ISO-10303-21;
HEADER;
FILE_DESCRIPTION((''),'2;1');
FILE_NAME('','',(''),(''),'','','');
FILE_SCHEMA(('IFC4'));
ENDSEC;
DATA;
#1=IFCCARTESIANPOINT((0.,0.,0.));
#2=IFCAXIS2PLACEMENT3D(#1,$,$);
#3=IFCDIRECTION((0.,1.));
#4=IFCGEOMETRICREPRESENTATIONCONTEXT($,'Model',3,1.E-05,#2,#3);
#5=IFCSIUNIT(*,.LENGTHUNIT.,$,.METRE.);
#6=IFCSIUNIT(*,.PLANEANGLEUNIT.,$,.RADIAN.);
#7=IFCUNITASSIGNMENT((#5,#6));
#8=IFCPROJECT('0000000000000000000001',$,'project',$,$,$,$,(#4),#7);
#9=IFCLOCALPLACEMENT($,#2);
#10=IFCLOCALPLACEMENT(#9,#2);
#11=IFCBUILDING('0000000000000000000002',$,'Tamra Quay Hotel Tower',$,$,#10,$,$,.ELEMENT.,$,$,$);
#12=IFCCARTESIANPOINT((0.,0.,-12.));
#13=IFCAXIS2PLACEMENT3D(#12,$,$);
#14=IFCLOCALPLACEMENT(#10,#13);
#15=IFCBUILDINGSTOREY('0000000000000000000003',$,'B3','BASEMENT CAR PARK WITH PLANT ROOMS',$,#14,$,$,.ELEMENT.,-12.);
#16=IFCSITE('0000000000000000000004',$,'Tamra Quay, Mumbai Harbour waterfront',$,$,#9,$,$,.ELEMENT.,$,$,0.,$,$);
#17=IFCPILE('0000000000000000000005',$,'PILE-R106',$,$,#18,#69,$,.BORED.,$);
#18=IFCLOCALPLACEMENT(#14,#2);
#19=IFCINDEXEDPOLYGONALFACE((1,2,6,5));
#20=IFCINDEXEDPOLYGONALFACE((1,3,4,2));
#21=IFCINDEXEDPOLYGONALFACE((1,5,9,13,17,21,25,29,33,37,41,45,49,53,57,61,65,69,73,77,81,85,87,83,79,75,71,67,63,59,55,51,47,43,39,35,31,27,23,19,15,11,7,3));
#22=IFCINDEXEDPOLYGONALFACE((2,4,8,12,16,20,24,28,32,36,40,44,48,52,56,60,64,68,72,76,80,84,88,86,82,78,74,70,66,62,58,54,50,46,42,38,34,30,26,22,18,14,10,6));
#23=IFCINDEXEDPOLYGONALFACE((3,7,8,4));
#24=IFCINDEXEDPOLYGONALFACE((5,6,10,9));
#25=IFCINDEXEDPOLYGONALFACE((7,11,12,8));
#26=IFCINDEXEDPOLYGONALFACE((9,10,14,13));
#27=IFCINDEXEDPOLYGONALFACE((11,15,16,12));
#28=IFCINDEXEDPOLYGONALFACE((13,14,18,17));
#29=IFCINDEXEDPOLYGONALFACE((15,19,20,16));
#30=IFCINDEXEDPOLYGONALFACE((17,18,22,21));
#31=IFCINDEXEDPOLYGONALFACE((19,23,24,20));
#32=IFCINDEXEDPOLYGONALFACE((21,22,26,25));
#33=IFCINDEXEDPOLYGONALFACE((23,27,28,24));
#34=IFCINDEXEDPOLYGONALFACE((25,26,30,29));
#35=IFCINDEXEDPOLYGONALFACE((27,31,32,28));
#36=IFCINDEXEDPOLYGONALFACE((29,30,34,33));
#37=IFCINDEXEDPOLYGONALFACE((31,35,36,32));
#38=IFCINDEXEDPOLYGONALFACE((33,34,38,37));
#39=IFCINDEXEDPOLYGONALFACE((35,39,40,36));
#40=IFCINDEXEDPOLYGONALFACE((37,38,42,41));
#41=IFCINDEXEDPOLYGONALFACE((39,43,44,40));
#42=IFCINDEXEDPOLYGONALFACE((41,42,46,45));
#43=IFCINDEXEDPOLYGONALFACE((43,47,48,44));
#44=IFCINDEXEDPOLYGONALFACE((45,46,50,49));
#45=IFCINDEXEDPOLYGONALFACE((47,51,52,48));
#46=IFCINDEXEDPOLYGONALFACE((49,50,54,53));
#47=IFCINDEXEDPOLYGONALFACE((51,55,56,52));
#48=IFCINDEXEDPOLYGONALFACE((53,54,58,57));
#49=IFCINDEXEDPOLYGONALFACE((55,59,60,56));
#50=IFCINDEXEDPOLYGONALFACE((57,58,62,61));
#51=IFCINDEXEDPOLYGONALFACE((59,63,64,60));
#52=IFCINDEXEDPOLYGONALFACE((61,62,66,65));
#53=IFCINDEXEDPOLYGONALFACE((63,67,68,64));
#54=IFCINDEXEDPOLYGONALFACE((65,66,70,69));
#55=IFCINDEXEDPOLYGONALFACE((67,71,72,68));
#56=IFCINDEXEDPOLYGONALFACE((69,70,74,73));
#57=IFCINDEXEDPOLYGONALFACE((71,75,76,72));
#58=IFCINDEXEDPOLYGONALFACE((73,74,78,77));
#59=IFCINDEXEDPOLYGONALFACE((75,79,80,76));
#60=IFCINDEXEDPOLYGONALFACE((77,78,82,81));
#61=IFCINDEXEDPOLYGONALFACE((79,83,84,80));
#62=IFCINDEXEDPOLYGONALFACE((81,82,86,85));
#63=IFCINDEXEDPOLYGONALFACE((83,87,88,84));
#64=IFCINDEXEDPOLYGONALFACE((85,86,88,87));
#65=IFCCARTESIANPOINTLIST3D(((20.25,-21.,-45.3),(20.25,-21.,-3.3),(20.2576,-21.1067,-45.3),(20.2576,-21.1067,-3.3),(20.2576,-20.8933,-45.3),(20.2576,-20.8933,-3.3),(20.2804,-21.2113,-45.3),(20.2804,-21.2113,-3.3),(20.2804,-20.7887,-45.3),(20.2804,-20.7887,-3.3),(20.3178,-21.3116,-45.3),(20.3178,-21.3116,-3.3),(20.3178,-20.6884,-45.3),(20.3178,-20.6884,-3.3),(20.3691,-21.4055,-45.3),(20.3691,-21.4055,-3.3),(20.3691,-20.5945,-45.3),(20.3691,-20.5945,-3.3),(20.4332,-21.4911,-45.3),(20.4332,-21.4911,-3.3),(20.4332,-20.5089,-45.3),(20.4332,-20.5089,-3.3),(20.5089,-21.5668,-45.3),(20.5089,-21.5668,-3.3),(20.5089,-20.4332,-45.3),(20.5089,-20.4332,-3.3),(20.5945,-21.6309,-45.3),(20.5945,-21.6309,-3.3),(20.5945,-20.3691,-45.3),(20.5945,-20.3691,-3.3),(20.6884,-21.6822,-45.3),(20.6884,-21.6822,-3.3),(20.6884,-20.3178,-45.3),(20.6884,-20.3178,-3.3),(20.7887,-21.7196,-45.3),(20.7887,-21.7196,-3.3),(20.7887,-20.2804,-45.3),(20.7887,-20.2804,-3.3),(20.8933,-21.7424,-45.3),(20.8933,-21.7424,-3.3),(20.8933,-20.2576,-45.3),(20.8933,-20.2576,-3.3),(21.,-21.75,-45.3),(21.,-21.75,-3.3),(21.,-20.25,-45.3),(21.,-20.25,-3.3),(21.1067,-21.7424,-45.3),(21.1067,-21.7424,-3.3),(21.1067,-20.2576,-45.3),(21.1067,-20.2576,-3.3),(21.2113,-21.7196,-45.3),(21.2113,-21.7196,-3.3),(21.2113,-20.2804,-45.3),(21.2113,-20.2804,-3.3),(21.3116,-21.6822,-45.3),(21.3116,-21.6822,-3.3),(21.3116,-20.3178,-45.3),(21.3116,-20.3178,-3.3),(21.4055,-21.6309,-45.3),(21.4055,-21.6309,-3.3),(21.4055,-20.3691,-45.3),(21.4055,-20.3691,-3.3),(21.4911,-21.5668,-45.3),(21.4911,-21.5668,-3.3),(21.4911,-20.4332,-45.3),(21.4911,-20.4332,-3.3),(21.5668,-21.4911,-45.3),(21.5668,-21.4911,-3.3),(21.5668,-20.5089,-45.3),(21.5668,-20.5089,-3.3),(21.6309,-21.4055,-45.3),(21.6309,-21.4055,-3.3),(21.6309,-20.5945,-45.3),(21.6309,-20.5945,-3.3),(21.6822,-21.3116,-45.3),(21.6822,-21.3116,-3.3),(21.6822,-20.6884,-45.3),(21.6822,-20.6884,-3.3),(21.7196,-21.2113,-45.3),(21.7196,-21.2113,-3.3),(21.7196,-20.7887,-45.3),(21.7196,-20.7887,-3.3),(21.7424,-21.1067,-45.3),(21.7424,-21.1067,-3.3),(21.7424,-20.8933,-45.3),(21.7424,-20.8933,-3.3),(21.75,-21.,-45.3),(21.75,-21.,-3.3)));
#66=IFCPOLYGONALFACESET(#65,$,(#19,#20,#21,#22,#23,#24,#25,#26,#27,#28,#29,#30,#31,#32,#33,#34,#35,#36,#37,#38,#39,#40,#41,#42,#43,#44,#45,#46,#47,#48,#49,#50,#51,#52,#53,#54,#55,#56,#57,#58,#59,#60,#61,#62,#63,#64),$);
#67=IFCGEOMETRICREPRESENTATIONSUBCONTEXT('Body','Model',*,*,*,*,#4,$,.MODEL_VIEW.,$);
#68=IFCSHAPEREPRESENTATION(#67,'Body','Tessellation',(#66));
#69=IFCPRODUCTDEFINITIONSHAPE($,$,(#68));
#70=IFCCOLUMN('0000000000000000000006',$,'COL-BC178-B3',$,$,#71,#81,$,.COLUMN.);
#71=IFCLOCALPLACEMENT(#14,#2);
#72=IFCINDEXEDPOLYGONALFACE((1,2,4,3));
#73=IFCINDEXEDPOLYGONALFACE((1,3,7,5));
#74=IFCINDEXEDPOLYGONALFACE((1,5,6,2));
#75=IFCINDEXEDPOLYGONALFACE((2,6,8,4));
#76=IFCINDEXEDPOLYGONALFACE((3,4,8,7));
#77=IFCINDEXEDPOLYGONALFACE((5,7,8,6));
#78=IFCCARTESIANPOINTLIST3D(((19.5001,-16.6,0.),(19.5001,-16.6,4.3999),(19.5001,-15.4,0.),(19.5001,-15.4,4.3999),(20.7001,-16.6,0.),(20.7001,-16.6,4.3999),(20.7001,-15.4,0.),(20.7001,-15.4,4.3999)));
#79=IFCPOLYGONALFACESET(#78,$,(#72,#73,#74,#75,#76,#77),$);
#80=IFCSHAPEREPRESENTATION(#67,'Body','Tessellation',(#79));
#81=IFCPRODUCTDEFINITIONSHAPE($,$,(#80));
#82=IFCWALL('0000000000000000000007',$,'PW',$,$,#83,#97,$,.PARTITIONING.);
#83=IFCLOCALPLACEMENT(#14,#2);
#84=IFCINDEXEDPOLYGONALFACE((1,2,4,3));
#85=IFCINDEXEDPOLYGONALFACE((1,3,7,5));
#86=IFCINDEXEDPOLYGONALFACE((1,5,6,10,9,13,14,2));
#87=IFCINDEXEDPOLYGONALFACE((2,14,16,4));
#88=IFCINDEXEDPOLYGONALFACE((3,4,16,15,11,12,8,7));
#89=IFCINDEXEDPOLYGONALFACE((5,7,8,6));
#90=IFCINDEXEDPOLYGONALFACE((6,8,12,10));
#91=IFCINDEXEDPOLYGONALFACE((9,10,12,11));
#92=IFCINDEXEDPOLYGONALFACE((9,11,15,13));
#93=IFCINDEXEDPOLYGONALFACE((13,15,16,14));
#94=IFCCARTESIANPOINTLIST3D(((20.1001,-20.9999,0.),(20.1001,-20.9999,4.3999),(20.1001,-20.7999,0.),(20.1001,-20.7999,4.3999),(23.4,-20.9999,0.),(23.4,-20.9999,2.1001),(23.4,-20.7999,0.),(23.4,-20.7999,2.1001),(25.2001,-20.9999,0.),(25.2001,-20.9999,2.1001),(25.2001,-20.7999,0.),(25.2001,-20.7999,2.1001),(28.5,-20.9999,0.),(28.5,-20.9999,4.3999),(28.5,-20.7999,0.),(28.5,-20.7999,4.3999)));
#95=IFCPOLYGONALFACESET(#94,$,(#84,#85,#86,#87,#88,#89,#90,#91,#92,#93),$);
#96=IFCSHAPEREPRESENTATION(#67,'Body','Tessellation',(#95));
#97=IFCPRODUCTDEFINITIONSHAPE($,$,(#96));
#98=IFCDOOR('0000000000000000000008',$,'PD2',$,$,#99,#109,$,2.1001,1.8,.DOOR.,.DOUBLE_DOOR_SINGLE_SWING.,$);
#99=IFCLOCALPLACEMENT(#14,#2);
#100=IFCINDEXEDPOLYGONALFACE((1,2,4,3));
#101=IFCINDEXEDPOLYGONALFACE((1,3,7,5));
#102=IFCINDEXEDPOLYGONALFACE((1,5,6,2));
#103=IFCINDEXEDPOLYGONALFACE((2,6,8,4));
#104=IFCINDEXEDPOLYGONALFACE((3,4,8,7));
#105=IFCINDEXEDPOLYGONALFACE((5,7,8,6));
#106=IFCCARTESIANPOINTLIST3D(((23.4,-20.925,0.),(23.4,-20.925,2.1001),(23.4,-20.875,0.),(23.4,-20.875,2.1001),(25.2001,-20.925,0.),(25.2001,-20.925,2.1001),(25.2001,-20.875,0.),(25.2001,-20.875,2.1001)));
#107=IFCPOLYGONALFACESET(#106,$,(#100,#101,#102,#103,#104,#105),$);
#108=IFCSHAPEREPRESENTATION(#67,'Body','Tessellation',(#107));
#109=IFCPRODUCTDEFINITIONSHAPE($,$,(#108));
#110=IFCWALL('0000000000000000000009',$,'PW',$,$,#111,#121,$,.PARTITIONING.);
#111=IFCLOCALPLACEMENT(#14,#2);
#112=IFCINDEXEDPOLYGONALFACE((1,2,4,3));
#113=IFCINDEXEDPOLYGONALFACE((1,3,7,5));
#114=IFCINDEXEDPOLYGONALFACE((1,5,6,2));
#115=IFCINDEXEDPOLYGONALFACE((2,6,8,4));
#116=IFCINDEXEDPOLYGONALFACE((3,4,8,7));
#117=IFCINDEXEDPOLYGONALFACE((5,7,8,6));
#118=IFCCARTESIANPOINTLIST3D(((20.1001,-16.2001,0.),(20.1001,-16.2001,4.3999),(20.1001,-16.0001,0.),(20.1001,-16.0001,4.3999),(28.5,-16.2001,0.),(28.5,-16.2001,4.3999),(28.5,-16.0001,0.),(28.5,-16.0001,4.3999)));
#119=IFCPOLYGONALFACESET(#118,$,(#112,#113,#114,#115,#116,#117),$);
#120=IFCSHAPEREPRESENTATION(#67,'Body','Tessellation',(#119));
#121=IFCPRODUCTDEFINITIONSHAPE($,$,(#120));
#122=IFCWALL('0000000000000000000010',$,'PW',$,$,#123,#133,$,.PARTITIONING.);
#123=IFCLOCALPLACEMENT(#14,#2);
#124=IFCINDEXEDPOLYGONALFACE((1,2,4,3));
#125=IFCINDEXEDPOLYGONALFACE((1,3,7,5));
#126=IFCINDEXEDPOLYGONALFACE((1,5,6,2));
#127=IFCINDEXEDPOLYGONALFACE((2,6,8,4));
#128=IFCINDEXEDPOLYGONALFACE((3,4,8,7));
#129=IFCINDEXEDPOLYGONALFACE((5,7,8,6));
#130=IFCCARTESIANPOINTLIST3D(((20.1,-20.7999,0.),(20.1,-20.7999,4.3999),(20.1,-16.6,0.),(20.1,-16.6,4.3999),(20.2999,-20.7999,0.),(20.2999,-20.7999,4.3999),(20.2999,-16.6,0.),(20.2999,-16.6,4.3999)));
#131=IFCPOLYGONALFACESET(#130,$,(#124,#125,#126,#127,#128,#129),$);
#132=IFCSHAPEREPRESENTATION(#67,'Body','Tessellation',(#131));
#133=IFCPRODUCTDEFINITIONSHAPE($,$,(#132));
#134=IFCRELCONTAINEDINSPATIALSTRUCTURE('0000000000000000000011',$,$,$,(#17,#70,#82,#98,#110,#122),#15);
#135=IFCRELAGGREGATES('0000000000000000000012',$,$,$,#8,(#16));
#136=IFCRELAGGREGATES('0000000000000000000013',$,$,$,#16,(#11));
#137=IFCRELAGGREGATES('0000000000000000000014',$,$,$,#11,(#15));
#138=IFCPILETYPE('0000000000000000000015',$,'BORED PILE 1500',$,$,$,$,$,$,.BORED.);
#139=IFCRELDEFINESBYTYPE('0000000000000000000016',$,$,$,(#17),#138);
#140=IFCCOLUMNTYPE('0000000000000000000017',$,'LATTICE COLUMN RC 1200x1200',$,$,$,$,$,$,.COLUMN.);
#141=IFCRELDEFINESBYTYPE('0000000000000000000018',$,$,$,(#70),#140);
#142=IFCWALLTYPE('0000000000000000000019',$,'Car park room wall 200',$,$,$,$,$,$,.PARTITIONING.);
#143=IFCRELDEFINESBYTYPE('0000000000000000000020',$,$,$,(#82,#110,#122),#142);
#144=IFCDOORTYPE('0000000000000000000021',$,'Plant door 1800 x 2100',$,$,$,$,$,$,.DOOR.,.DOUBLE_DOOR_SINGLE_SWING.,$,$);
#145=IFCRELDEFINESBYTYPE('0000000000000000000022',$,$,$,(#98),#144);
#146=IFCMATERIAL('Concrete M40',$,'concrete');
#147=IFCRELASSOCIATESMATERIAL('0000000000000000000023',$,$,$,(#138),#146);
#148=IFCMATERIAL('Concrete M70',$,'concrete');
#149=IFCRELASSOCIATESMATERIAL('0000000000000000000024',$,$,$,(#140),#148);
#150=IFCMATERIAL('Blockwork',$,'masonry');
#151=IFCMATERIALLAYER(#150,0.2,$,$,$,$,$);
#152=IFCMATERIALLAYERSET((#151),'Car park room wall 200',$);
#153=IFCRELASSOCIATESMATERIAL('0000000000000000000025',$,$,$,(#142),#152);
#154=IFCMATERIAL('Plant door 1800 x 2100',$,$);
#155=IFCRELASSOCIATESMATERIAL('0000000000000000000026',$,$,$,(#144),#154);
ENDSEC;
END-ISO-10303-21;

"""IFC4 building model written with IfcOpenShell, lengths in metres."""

from ifc_helpers import new_model, si_unit, direction, frame, frame_2d, origin, origin_2d, place, context, subcontext, project, spatial, rectangle, circle, extrude, material, layer, layer_set, material_profile, profile_set, type_object, element, fill, save


model = new_model("IFC4")

# Units and contexts
model_context = context("Model", 3, precision=1e-05, world=origin(), true_north=direction((0.0, 1.0)))
body_context = subcontext(model_context, "Body", "Model", "MODEL_VIEW")
ifc_project = project(units=[si_unit("LENGTHUNIT", "METRE"), si_unit("PLANEANGLEUNIT", "RADIAN")], contexts=[model_context])

# Site, building, storey
site_placement = place(None, origin())
site = spatial("IfcSite", under=ifc_project, at=site_placement, Name="Tamra Quay, Mumbai Harbour waterfront", CompositionType="ELEMENT", RefElevation=0.0)
building_placement = place(site_placement, origin())
building = spatial("IfcBuilding", under=site, at=building_placement, Name="Tamra Quay Hotel Tower", CompositionType="ELEMENT")
storey_placement = place(building_placement, frame((0.0, 0.0, -12.0)))
storey = spatial("IfcBuildingStorey", under=building, at=storey_placement, Name="B3", Description="BASEMENT CAR PARK WITH PLANT ROOMS", CompositionType="ELEMENT", Elevation=-12.0)

# Pile
ifc_material_1 = material(Name="Concrete M40", Category="concrete")
ifc_material_profile_1 = material_profile(ifc_material_1, circle(Radius=0.75, at=origin_2d()), Name="BORED PILE 1500")
ifc_profile_set_1 = profile_set([ifc_material_profile_1], Name="Concrete M40")
pile_type = type_object("IfcPileType", Name="BORED PILE 1500", PredefinedType="BORED", material=ifc_profile_set_1)
for number, where, z_axis, x_axis, name in (
    (1, (21.0, -21.0, -3.3), (0.0, 0.0, -1.0), (1.0, 0.0, 0.0), "PILE-R106"),
):
    element("IfcPile", number, at=place(storey_placement, frame(where, z_axis=z_axis, x_axis=x_axis)), inside=storey, type_object=pile_type, Name=name, PredefinedType="BORED", context=body_context, shape_type="SweptSolid", body=[
        extrude(circle(Radius=0.75, at=origin_2d()), origin(), (0.0, 0.0, 1.0), 42.0),
    ])

# Column
ifc_material_2 = material(Name="Concrete M70", Category="concrete")
ifc_material_profile_2 = material_profile(ifc_material_2, rectangle(XDim=1.2, YDim=1.2, at=origin_2d()), Name="LATTICE COLUMN RC 1200x1200")
ifc_profile_set_2 = profile_set([ifc_material_profile_2], Name="Concrete M70")
column_type = type_object("IfcColumnType", Name="LATTICE COLUMN RC 1200x1200", PredefinedType="COLUMN", material=ifc_profile_set_2)
column_placement = place(storey_placement, frame((20.1001, -16.0, 0.0), z_axis=(0.0, 0.0, 1.0), x_axis=(1.0, 0.0, 0.0)))
element("IfcColumn", 2, at=column_placement, inside=storey, type_object=column_type, Name="COL-BC178-B3", PredefinedType="COLUMN", context=body_context, shape_type="SweptSolid", body=[
    extrude(rectangle(XDim=1.2, YDim=1.2, at=origin_2d()), origin(), (0.0, 0.0, 1.0), 4.3999),
])

# Wall, opening, door
ifc_material_3 = material(Name="Blockwork", Category="masonry")
ifc_layer_1 = layer(ifc_material_3, 0.2)
ifc_layer_set_1 = layer_set([ifc_layer_1], Name="Car park room wall 200")
wall_type_1 = type_object("IfcWallType", Name="Car park room wall 200", PredefinedType="PARTITIONING", material=ifc_layer_set_1)
wall_1_placement = place(storey_placement, frame((20.1001, -20.8999, 0.0), z_axis=(0.0, 0.0, 1.0), x_axis=(1.0, 0.0, 0.0)))
wall_1 = element("IfcWall", 3, at=wall_1_placement, inside=storey, type_object=wall_type_1, Name="PW", PredefinedType="PARTITIONING", context=body_context, shape_type="SweptSolid", body=[
    extrude(rectangle(XDim=8.3999, YDim=0.2, at=frame_2d((4.2, 0.0))), origin(), (0.0, 0.0, 1.0), 4.3999),
])
opening_1_placement = place(wall_1_placement, frame((3.3, 0.0, 0.0)))
opening_1 = element("IfcOpeningElement", 4, at=opening_1_placement, cuts=wall_1, PredefinedType="OPENING", context=body_context, shape_type="SweptSolid", body=[
    extrude(rectangle(XDim=1.8, YDim=2.1001, at=frame_2d((0.8999, 1.05))), frame((0.0, 0.1099, 0.0), z_axis=(0.0, -1.0, 0.0), x_axis=(1.0, 0.0, 0.0)), (0.0, 0.0, 1.0), 0.22),
])
ifc_material_4 = material(Name="Plant door 1800 x 2100")
door_type_1 = type_object("IfcDoorType", Name="Plant door 1800 x 2100", OperationType="DOUBLE_DOOR_SINGLE_SWING", PredefinedType="DOOR", material=ifc_material_4)
door_1_placement = place(opening_1_placement, origin())
door_1 = element("IfcDoor", 5, at=door_1_placement, inside=storey, type_object=door_type_1, Name="PD2", OperationType="DOUBLE_DOOR_SINGLE_SWING", OverallHeight=2.1001, OverallWidth=1.8, PredefinedType="DOOR", context=body_context, shape_type="SweptSolid", body=[
    extrude(rectangle(XDim=1.8, YDim=2.1001, at=frame_2d((0.8999, 1.05))), frame((0.0, 0.0249, 0.0), z_axis=(0.0, -1.0, 0.0), x_axis=(1.0, 0.0, 0.0)), (0.0, 0.0, 1.0), 0.05),
])
fill(opening_1, door_1)

# Walls
wall_2_placement = place(storey_placement, frame((20.1001, -16.1001, 0.0), z_axis=(0.0, 0.0, 1.0), x_axis=(1.0, 0.0, 0.0)))
element("IfcWall", 6, at=wall_2_placement, inside=storey, type_object=wall_type_1, Name="PW", PredefinedType="PARTITIONING", context=body_context, shape_type="SweptSolid", body=[
    extrude(rectangle(XDim=8.3999, YDim=0.2, at=frame_2d((4.2, 0.0))), origin(), (0.0, 0.0, 1.0), 4.3999),
])
wall_3_placement = place(storey_placement, frame((20.2, -20.8, 0.0), z_axis=(0.0, 0.0, 1.0), x_axis=(0.0, 1.0, 0.0)))
element("IfcWall", 7, at=wall_3_placement, inside=storey, type_object=wall_type_1, Name="PW", PredefinedType="PARTITIONING", context=body_context, shape_type="SweptSolid", body=[
    extrude(rectangle(XDim=4.2, YDim=0.2, at=frame_2d((2.1001, 0.0))), origin(), (0.0, 0.0, 1.0), 4.3999),
])

save(model, "model.ifc")
